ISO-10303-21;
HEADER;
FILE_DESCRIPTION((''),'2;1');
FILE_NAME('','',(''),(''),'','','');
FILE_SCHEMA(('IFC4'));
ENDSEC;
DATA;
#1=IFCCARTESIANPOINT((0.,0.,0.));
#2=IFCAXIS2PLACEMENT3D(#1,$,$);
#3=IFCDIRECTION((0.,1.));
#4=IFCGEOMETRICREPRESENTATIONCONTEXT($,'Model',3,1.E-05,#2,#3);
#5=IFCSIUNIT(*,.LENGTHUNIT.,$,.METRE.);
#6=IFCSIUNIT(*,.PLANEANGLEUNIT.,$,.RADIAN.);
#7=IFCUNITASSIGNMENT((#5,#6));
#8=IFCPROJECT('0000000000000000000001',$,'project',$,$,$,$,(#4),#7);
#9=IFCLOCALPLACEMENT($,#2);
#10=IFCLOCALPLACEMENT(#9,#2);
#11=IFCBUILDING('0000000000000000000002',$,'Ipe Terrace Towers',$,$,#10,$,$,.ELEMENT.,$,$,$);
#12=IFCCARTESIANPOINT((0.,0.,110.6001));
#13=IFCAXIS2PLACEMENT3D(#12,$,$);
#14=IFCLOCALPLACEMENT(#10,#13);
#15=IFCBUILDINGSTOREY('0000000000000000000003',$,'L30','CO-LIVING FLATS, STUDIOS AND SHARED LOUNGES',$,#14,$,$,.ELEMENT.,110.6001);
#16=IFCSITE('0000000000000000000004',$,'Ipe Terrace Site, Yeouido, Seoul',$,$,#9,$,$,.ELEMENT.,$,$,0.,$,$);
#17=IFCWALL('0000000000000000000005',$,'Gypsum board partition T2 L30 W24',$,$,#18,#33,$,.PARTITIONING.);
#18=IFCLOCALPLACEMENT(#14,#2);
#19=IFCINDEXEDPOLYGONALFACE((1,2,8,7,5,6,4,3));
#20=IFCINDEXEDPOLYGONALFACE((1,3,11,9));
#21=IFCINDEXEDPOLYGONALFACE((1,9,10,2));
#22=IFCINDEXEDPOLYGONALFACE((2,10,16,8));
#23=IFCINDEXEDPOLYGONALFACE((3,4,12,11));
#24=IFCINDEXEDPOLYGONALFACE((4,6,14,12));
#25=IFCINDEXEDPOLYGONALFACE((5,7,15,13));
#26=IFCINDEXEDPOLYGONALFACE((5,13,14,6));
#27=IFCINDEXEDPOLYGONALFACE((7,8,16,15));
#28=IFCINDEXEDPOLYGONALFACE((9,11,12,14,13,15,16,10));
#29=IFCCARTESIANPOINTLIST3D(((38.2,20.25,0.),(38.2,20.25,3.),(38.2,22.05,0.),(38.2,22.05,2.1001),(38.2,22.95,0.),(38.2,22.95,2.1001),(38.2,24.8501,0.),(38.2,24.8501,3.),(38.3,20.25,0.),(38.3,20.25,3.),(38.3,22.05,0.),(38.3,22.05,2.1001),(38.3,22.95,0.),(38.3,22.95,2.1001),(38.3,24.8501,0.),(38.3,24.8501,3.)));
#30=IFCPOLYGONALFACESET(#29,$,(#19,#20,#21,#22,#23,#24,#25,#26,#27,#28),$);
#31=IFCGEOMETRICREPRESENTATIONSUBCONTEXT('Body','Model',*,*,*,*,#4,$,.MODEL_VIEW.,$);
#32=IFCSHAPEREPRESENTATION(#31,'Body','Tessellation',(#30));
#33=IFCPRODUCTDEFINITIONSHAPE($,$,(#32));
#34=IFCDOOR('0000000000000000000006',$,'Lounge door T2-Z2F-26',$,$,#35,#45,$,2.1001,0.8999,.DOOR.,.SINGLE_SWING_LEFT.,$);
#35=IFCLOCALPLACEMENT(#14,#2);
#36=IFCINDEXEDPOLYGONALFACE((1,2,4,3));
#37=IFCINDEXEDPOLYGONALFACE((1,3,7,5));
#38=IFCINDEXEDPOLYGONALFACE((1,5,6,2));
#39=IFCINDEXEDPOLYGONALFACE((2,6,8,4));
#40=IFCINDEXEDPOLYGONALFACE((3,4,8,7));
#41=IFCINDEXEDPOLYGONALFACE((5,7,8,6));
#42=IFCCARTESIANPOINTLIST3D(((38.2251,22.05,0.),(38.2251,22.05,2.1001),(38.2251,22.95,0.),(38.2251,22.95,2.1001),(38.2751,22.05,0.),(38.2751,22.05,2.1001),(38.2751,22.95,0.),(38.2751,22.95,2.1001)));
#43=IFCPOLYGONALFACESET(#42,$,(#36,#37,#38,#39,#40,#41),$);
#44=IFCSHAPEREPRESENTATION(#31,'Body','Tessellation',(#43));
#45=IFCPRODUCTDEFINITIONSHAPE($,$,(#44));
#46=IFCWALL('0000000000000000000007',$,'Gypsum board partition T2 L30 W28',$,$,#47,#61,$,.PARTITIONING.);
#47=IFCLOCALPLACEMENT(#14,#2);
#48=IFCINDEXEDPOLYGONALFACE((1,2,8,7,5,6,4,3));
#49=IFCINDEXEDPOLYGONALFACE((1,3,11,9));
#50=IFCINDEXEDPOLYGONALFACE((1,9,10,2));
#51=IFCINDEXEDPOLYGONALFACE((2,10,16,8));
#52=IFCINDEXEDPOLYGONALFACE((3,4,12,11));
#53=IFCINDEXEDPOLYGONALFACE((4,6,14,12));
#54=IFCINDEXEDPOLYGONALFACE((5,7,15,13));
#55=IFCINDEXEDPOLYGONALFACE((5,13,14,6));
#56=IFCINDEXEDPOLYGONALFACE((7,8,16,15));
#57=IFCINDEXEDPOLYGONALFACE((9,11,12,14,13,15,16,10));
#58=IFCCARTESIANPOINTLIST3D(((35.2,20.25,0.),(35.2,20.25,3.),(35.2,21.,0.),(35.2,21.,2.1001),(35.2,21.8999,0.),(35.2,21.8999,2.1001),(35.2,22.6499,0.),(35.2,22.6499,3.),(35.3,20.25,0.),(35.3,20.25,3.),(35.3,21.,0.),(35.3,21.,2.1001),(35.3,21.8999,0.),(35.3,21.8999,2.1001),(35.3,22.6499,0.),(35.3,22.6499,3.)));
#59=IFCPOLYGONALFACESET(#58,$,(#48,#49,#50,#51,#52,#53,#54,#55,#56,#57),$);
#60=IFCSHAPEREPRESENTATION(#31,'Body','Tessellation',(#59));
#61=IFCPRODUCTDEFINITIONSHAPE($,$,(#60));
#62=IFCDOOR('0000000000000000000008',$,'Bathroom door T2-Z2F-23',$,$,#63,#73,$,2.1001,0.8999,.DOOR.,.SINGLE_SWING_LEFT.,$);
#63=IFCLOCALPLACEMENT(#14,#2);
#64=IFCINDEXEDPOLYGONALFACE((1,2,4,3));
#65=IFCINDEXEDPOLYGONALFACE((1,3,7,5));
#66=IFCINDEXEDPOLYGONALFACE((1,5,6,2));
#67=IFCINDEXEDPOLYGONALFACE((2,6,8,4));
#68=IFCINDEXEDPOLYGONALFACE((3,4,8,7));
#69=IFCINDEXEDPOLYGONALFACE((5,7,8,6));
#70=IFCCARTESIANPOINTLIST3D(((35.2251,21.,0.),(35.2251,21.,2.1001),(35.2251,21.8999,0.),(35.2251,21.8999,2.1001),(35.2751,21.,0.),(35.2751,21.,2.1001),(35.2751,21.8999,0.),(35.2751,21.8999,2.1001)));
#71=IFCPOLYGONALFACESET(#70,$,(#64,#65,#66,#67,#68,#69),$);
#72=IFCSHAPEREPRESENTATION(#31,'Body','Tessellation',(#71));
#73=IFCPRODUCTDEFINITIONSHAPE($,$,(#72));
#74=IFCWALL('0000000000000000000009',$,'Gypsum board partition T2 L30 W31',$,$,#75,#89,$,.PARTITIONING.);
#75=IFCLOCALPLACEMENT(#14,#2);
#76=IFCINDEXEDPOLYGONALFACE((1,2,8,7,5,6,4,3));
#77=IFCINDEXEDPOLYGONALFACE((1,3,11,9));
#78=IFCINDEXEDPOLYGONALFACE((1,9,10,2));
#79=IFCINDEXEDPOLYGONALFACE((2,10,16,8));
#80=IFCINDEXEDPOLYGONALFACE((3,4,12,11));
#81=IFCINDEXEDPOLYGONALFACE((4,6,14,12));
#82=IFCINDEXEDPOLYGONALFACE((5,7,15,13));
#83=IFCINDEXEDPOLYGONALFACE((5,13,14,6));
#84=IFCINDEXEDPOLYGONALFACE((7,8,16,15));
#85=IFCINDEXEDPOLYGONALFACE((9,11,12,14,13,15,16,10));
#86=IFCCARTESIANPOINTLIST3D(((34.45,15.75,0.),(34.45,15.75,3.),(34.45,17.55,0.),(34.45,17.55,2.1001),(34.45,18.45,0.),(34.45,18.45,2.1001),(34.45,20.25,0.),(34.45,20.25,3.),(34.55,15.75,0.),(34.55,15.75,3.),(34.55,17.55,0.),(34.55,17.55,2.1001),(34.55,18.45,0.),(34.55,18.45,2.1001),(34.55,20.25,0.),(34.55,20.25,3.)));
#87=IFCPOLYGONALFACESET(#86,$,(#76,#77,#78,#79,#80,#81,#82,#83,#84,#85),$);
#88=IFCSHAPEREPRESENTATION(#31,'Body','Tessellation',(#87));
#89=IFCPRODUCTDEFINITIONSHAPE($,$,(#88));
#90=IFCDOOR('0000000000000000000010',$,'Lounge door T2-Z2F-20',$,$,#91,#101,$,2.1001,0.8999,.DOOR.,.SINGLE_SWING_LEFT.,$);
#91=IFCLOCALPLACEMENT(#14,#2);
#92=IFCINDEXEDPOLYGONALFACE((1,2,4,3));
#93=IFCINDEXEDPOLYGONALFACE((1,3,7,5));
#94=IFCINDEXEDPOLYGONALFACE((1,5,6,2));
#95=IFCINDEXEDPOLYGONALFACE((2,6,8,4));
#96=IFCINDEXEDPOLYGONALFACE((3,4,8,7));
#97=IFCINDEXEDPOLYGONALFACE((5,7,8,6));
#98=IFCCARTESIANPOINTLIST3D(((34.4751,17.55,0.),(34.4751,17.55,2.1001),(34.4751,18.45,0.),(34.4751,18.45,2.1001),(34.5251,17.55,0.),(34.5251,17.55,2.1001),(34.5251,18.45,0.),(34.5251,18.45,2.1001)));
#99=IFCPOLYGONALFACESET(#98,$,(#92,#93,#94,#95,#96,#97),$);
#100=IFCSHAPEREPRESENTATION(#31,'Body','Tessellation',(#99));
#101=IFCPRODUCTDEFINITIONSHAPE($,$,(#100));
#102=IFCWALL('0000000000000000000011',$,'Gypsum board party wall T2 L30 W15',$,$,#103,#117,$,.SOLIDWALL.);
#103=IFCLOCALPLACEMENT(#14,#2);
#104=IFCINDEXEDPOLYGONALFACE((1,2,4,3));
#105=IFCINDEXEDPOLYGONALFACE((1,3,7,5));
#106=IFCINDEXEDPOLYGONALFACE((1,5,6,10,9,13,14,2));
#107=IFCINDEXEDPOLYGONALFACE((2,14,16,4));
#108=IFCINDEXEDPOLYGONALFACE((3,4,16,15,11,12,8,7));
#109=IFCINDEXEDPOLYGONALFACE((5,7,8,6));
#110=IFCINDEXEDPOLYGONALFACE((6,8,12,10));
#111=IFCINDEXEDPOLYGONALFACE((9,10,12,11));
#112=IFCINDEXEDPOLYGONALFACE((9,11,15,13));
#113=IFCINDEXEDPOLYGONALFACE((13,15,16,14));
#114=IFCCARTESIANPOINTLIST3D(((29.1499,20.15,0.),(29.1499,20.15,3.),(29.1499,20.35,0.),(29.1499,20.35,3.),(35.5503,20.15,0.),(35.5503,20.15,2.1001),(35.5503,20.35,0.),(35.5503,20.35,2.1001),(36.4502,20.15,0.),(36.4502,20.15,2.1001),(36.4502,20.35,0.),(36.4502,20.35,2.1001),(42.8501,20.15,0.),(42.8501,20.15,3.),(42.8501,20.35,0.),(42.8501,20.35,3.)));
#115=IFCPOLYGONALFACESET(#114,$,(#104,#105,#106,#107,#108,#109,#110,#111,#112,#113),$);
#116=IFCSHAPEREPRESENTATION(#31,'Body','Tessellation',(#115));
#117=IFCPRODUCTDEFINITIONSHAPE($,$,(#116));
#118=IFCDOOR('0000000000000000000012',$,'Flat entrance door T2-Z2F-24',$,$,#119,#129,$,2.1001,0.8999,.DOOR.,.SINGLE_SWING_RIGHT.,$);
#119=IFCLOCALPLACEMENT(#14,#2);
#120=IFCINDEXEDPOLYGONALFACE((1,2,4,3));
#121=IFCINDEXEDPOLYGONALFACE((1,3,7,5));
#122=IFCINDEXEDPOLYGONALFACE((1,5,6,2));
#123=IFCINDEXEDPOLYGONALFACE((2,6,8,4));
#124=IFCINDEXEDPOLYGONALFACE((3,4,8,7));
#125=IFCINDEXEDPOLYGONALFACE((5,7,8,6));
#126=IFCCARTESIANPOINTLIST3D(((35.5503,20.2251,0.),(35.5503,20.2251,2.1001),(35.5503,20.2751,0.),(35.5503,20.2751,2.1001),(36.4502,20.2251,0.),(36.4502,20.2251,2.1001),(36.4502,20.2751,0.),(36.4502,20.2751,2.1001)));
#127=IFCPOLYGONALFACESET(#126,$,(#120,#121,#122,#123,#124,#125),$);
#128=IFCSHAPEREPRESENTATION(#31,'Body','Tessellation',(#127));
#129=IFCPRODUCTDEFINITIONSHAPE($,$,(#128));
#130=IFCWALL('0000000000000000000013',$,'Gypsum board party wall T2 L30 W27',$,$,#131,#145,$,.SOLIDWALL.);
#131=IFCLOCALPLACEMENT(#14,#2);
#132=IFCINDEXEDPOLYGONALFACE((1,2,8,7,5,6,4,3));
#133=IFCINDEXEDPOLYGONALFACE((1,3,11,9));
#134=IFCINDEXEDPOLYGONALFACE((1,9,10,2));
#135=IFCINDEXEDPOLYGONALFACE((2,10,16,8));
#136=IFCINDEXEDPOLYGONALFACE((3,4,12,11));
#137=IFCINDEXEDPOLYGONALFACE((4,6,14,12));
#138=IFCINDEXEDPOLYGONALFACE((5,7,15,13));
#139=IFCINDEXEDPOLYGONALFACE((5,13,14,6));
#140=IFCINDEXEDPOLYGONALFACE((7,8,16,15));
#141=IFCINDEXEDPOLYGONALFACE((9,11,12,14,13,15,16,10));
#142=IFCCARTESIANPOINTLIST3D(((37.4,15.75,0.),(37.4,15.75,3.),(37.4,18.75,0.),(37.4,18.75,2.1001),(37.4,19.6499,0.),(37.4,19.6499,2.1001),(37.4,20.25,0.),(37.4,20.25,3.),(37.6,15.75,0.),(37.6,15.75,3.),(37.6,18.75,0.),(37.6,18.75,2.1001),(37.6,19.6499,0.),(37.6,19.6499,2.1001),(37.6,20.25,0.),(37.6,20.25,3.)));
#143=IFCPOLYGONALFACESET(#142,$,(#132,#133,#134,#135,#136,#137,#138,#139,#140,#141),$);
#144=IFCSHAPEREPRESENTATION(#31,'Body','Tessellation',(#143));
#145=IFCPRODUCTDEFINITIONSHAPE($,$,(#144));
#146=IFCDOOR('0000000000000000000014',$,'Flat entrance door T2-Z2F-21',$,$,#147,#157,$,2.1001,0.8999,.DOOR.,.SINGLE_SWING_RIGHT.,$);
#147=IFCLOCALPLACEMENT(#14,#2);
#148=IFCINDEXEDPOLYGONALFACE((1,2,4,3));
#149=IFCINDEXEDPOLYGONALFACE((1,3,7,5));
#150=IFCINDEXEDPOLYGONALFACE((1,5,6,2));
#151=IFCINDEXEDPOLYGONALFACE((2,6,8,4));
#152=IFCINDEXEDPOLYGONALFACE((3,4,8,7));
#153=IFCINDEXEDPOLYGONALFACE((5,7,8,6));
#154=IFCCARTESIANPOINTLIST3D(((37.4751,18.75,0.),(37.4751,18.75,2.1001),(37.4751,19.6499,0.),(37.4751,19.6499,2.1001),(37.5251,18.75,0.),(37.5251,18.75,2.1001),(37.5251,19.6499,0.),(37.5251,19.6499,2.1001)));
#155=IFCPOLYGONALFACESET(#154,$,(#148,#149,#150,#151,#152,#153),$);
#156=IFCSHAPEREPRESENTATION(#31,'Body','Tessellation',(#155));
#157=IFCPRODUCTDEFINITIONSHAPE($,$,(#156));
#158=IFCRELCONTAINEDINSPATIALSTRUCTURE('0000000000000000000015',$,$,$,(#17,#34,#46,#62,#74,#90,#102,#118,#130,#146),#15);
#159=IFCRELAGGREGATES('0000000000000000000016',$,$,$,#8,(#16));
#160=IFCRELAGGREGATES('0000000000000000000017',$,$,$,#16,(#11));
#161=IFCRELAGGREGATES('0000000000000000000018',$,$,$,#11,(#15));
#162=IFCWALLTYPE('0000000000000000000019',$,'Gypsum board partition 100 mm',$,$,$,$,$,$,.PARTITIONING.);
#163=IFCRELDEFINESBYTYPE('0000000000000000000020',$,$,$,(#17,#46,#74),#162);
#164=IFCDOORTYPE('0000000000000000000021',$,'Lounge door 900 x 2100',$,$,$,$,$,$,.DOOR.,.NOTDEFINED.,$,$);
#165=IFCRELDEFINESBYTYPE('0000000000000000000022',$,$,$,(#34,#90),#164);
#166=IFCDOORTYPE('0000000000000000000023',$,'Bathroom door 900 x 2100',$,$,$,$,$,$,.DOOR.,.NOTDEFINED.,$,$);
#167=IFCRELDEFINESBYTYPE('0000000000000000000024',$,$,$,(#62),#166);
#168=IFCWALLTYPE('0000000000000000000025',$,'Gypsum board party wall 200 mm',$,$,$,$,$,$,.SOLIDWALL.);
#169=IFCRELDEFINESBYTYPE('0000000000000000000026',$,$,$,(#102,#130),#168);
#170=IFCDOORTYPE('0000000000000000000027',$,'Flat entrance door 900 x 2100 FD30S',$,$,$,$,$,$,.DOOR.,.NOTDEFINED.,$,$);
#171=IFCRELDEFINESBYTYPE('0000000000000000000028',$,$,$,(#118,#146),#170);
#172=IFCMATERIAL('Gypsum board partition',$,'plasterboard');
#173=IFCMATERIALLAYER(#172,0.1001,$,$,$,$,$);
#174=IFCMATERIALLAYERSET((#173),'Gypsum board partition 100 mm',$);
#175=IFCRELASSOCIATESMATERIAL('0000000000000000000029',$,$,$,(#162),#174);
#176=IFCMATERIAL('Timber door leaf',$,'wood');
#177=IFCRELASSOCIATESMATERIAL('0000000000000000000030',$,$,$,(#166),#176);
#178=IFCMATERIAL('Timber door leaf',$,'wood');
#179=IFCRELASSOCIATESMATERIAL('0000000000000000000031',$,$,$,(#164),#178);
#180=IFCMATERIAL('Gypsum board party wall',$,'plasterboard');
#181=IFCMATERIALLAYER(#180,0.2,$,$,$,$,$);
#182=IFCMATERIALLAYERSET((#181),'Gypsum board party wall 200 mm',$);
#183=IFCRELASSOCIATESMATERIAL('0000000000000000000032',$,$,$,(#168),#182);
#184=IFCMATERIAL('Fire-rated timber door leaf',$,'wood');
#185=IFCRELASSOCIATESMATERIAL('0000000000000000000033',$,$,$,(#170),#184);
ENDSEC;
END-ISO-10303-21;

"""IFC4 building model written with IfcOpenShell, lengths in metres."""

from ifc_helpers import new_model, si_unit, direction, frame, frame_2d, origin, place, context, subcontext, project, spatial, rectangle, extrude, material, layer, layer_set, type_object, element, fill, save


model = new_model("IFC4")

# Units and contexts
model_context = context("Model", 3, precision=1e-05, world=origin(), true_north=direction((0.0, 1.0)))
body_context = subcontext(model_context, "Body", "Model", "MODEL_VIEW")
ifc_project = project(units=[si_unit("LENGTHUNIT", "METRE"), si_unit("PLANEANGLEUNIT", "RADIAN")], contexts=[model_context])

# Site, building, storey
site_placement = place(None, origin())
site = spatial("IfcSite", under=ifc_project, at=site_placement, Name="Ipe Terrace Site, Yeouido, Seoul", CompositionType="ELEMENT", RefElevation=0.0)
building_placement = place(site_placement, origin())
building = spatial("IfcBuilding", under=site, at=building_placement, Name="Ipe Terrace Towers", CompositionType="ELEMENT")
storey_placement = place(building_placement, frame((0.0, 0.0, 110.6001)))
storey = spatial("IfcBuildingStorey", under=building, at=storey_placement, Name="L30", Description="CO-LIVING FLATS, STUDIOS AND SHARED LOUNGES", CompositionType="ELEMENT", Elevation=110.6001)

# Shared definitions
ifc_material_1 = material(Name="Gypsum board partition", Category="plasterboard")
ifc_layer_1 = layer(ifc_material_1, 0.1001)
ifc_layer_set_1 = layer_set([ifc_layer_1], Name="Gypsum board partition 100 mm")
wall_type_1 = type_object("IfcWallType", Name="Gypsum board partition 100 mm", PredefinedType="PARTITIONING", material=ifc_layer_set_1)

# Walls, openings, doors
ifc_material_2 = material(Name="Timber door leaf", Category="wood")
door_type_1 = type_object("IfcDoorType", Name="Bathroom door 900 x 2100", OperationType="NOTDEFINED", PredefinedType="DOOR", material=ifc_material_2)
wall_1_placement = place(storey_placement, frame((38.25, 20.25, 0.0), z_axis=(0.0, 0.0, 1.0), x_axis=(0.0, 1.0, 0.0)))
wall_1 = element("IfcWall", 1, at=wall_1_placement, inside=storey, type_object=wall_type_1, Name="Gypsum board partition T2 L30 W24", PredefinedType="PARTITIONING", context=body_context, shape_type="SweptSolid", body=[
    extrude(rectangle(XDim=4.6001, YDim=0.1001, at=frame_2d((2.3, 0.0))), origin(), (0.0, 0.0, 1.0), 3.0),
])
opening_1_placement = place(wall_1_placement, frame((1.8, 0.0, 0.0)))
opening_1 = element("IfcOpeningElement", 2, at=opening_1_placement, cuts=wall_1, PredefinedType="OPENING", context=body_context, shape_type="SweptSolid", body=[
    extrude(rectangle(XDim=0.8999, YDim=2.1001, at=frame_2d((0.45, 1.05))), frame((0.0, 0.0601, 0.0), z_axis=(0.0, -1.0, 0.0), x_axis=(1.0, 0.0, 0.0)), (0.0, 0.0, 1.0), 0.1201),
])
ifc_material_3 = material(Name="Timber door leaf", Category="wood")
door_type_2 = type_object("IfcDoorType", Name="Lounge door 900 x 2100", OperationType="NOTDEFINED", PredefinedType="DOOR", material=ifc_material_3)
door_1_placement = place(opening_1_placement, origin())
door_1 = element("IfcDoor", 3, at=door_1_placement, inside=storey, type_object=door_type_2, Name="Lounge door T2-Z2F-26", OperationType="SINGLE_SWING_LEFT", OverallHeight=2.1001, OverallWidth=0.8999, PredefinedType="DOOR", context=body_context, shape_type="SweptSolid", body=[
    extrude(rectangle(XDim=0.8999, YDim=2.1001, at=frame_2d((0.45, 1.05))), frame((0.0, 0.0249, 0.0), z_axis=(0.0, -1.0, 0.0), x_axis=(1.0, 0.0, 0.0)), (0.0, 0.0, 1.0), 0.05),
])
fill(opening_1, door_1)
wall_2_placement = place(storey_placement, frame((35.25, 20.25, 0.0), z_axis=(0.0, 0.0, 1.0), x_axis=(0.0, 1.0, 0.0)))
wall_2 = element("IfcWall", 4, at=wall_2_placement, inside=storey, type_object=wall_type_1, Name="Gypsum board partition T2 L30 W28", PredefinedType="PARTITIONING", context=body_context, shape_type="SweptSolid", body=[
    extrude(rectangle(XDim=2.3999, YDim=0.1001, at=frame_2d((1.2, 0.0))), origin(), (0.0, 0.0, 1.0), 3.0),
])
opening_2_placement = place(wall_2_placement, frame((0.75, 0.0, 0.0)))
opening_2 = element("IfcOpeningElement", 5, at=opening_2_placement, cuts=wall_2, PredefinedType="OPENING", context=body_context, shape_type="SweptSolid", body=[
    extrude(rectangle(XDim=0.8999, YDim=2.1001, at=frame_2d((0.45, 1.05))), frame((0.0, 0.0601, 0.0), z_axis=(0.0, -1.0, 0.0), x_axis=(1.0, 0.0, 0.0)), (0.0, 0.0, 1.0), 0.1201),
])
door_2_placement = place(opening_2_placement, origin())
door_2 = element("IfcDoor", 6, at=door_2_placement, inside=storey, type_object=door_type_1, Name="Bathroom door T2-Z2F-23", OperationType="SINGLE_SWING_LEFT", OverallHeight=2.1001, OverallWidth=0.8999, PredefinedType="DOOR", context=body_context, shape_type="SweptSolid", body=[
    extrude(rectangle(XDim=0.8999, YDim=2.1001, at=frame_2d((0.45, 1.05))), frame((0.0, 0.0249, 0.0), z_axis=(0.0, -1.0, 0.0), x_axis=(1.0, 0.0, 0.0)), (0.0, 0.0, 1.0), 0.05),
])
fill(opening_2, door_2)
wall_3_placement = place(storey_placement, frame((34.5, 15.75, 0.0), z_axis=(0.0, 0.0, 1.0), x_axis=(0.0, 1.0, 0.0)))
wall_3 = element("IfcWall", 7, at=wall_3_placement, inside=storey, type_object=wall_type_1, Name="Gypsum board partition T2 L30 W31", PredefinedType="PARTITIONING", context=body_context, shape_type="SweptSolid", body=[
    extrude(rectangle(XDim=4.5, YDim=0.1001, at=frame_2d((2.25, 0.0))), origin(), (0.0, 0.0, 1.0), 3.0),
])
opening_3_placement = place(wall_3_placement, frame((1.8, 0.0, 0.0)))
opening_3 = element("IfcOpeningElement", 8, at=opening_3_placement, cuts=wall_3, PredefinedType="OPENING", context=body_context, shape_type="SweptSolid", body=[
    extrude(rectangle(XDim=0.8999, YDim=2.1001, at=frame_2d((0.45, 1.05))), frame((0.0, 0.0601, 0.0), z_axis=(0.0, -1.0, 0.0), x_axis=(1.0, 0.0, 0.0)), (0.0, 0.0, 1.0), 0.1201),
])
door_3_placement = place(opening_3_placement, origin())
door_3 = element("IfcDoor", 9, at=door_3_placement, inside=storey, type_object=door_type_2, Name="Lounge door T2-Z2F-20", OperationType="SINGLE_SWING_LEFT", OverallHeight=2.1001, OverallWidth=0.8999, PredefinedType="DOOR", context=body_context, shape_type="SweptSolid", body=[
    extrude(rectangle(XDim=0.8999, YDim=2.1001, at=frame_2d((0.45, 1.05))), frame((0.0, 0.0249, 0.0), z_axis=(0.0, -1.0, 0.0), x_axis=(1.0, 0.0, 0.0)), (0.0, 0.0, 1.0), 0.05),
])
fill(opening_3, door_3)
ifc_material_4 = material(Name="Gypsum board party wall", Category="plasterboard")
ifc_layer_2 = layer(ifc_material_4, 0.2)
ifc_layer_set_2 = layer_set([ifc_layer_2], Name="Gypsum board party wall 200 mm")
wall_type_2 = type_object("IfcWallType", Name="Gypsum board party wall 200 mm", PredefinedType="SOLIDWALL", material=ifc_layer_set_2)
wall_4_placement = place(storey_placement, frame((42.8501, 20.25, 0.0), z_axis=(0.0, 0.0, 1.0), x_axis=(-1.0, 0.0, 0.0)))
wall_4 = element("IfcWall", 10, at=wall_4_placement, inside=storey, type_object=wall_type_2, Name="Gypsum board party wall T2 L30 W15", PredefinedType="SOLIDWALL", context=body_context, shape_type="SweptSolid", body=[
    extrude(rectangle(XDim=13.7002, YDim=0.2, at=frame_2d((6.8501, 0.0))), origin(), (0.0, 0.0, 1.0), 3.0),
])
opening_4_placement = place(wall_4_placement, frame((6.3999, 0.0, 0.0)))
opening_4 = element("IfcOpeningElement", 11, at=opening_4_placement, cuts=wall_4, PredefinedType="OPENING", context=body_context, shape_type="SweptSolid", body=[
    extrude(rectangle(XDim=0.8999, YDim=2.1001, at=frame_2d((0.45, 1.05))), frame((0.0, 0.1099, 0.0), z_axis=(0.0, -1.0, 0.0), x_axis=(1.0, 0.0, 0.0)), (0.0, 0.0, 1.0), 0.22),
])
ifc_material_5 = material(Name="Fire-rated timber door leaf", Category="wood")
door_type_3 = type_object("IfcDoorType", Name="Flat entrance door 900 x 2100 FD30S", OperationType="NOTDEFINED", PredefinedType="DOOR", material=ifc_material_5)
door_4_placement = place(opening_4_placement, origin())
door_4 = element("IfcDoor", 12, at=door_4_placement, inside=storey, type_object=door_type_3, Name="Flat entrance door T2-Z2F-24", OperationType="SINGLE_SWING_RIGHT", OverallHeight=2.1001, OverallWidth=0.8999, PredefinedType="DOOR", context=body_context, shape_type="SweptSolid", body=[
    extrude(rectangle(XDim=0.8999, YDim=2.1001, at=frame_2d((0.45, 1.05))), frame((0.0, 0.0249, 0.0), z_axis=(0.0, -1.0, 0.0), x_axis=(1.0, 0.0, 0.0)), (0.0, 0.0, 1.0), 0.05),
])
fill(opening_4, door_4)
wall_5_placement = place(storey_placement, frame((37.5, 15.75, 0.0), z_axis=(0.0, 0.0, 1.0), x_axis=(0.0, 1.0, 0.0)))
wall_5 = element("IfcWall", 13, at=wall_5_placement, inside=storey, type_object=wall_type_2, Name="Gypsum board party wall T2 L30 W27", PredefinedType="SOLIDWALL", context=body_context, shape_type="SweptSolid", body=[
    extrude(rectangle(XDim=4.5, YDim=0.2, at=frame_2d((2.25, 0.0))), origin(), (0.0, 0.0, 1.0), 3.0),
])
opening_5_placement = place(wall_5_placement, frame((3.0, 0.0, 0.0)))
opening_5 = element("IfcOpeningElement", 14, at=opening_5_placement, cuts=wall_5, PredefinedType="OPENING", context=body_context, shape_type="SweptSolid", body=[
    extrude(rectangle(XDim=0.8999, YDim=2.1001, at=frame_2d((0.45, 1.05))), frame((0.0, 0.1099, 0.0), z_axis=(0.0, -1.0, 0.0), x_axis=(1.0, 0.0, 0.0)), (0.0, 0.0, 1.0), 0.22),
])
door_5_placement = place(opening_5_placement, origin())
door_5 = element("IfcDoor", 15, at=door_5_placement, inside=storey, type_object=door_type_3, Name="Flat entrance door T2-Z2F-21", OperationType="SINGLE_SWING_RIGHT", OverallHeight=2.1001, OverallWidth=0.8999, PredefinedType="DOOR", context=body_context, shape_type="SweptSolid", body=[
    extrude(rectangle(XDim=0.8999, YDim=2.1001, at=frame_2d((0.45, 1.05))), frame((0.0, 0.0249, 0.0), z_axis=(0.0, -1.0, 0.0), x_axis=(1.0, 0.0, 0.0)), (0.0, 0.0, 1.0), 0.05),
])
fill(opening_5, door_5)

save(model, "model.ifc")
